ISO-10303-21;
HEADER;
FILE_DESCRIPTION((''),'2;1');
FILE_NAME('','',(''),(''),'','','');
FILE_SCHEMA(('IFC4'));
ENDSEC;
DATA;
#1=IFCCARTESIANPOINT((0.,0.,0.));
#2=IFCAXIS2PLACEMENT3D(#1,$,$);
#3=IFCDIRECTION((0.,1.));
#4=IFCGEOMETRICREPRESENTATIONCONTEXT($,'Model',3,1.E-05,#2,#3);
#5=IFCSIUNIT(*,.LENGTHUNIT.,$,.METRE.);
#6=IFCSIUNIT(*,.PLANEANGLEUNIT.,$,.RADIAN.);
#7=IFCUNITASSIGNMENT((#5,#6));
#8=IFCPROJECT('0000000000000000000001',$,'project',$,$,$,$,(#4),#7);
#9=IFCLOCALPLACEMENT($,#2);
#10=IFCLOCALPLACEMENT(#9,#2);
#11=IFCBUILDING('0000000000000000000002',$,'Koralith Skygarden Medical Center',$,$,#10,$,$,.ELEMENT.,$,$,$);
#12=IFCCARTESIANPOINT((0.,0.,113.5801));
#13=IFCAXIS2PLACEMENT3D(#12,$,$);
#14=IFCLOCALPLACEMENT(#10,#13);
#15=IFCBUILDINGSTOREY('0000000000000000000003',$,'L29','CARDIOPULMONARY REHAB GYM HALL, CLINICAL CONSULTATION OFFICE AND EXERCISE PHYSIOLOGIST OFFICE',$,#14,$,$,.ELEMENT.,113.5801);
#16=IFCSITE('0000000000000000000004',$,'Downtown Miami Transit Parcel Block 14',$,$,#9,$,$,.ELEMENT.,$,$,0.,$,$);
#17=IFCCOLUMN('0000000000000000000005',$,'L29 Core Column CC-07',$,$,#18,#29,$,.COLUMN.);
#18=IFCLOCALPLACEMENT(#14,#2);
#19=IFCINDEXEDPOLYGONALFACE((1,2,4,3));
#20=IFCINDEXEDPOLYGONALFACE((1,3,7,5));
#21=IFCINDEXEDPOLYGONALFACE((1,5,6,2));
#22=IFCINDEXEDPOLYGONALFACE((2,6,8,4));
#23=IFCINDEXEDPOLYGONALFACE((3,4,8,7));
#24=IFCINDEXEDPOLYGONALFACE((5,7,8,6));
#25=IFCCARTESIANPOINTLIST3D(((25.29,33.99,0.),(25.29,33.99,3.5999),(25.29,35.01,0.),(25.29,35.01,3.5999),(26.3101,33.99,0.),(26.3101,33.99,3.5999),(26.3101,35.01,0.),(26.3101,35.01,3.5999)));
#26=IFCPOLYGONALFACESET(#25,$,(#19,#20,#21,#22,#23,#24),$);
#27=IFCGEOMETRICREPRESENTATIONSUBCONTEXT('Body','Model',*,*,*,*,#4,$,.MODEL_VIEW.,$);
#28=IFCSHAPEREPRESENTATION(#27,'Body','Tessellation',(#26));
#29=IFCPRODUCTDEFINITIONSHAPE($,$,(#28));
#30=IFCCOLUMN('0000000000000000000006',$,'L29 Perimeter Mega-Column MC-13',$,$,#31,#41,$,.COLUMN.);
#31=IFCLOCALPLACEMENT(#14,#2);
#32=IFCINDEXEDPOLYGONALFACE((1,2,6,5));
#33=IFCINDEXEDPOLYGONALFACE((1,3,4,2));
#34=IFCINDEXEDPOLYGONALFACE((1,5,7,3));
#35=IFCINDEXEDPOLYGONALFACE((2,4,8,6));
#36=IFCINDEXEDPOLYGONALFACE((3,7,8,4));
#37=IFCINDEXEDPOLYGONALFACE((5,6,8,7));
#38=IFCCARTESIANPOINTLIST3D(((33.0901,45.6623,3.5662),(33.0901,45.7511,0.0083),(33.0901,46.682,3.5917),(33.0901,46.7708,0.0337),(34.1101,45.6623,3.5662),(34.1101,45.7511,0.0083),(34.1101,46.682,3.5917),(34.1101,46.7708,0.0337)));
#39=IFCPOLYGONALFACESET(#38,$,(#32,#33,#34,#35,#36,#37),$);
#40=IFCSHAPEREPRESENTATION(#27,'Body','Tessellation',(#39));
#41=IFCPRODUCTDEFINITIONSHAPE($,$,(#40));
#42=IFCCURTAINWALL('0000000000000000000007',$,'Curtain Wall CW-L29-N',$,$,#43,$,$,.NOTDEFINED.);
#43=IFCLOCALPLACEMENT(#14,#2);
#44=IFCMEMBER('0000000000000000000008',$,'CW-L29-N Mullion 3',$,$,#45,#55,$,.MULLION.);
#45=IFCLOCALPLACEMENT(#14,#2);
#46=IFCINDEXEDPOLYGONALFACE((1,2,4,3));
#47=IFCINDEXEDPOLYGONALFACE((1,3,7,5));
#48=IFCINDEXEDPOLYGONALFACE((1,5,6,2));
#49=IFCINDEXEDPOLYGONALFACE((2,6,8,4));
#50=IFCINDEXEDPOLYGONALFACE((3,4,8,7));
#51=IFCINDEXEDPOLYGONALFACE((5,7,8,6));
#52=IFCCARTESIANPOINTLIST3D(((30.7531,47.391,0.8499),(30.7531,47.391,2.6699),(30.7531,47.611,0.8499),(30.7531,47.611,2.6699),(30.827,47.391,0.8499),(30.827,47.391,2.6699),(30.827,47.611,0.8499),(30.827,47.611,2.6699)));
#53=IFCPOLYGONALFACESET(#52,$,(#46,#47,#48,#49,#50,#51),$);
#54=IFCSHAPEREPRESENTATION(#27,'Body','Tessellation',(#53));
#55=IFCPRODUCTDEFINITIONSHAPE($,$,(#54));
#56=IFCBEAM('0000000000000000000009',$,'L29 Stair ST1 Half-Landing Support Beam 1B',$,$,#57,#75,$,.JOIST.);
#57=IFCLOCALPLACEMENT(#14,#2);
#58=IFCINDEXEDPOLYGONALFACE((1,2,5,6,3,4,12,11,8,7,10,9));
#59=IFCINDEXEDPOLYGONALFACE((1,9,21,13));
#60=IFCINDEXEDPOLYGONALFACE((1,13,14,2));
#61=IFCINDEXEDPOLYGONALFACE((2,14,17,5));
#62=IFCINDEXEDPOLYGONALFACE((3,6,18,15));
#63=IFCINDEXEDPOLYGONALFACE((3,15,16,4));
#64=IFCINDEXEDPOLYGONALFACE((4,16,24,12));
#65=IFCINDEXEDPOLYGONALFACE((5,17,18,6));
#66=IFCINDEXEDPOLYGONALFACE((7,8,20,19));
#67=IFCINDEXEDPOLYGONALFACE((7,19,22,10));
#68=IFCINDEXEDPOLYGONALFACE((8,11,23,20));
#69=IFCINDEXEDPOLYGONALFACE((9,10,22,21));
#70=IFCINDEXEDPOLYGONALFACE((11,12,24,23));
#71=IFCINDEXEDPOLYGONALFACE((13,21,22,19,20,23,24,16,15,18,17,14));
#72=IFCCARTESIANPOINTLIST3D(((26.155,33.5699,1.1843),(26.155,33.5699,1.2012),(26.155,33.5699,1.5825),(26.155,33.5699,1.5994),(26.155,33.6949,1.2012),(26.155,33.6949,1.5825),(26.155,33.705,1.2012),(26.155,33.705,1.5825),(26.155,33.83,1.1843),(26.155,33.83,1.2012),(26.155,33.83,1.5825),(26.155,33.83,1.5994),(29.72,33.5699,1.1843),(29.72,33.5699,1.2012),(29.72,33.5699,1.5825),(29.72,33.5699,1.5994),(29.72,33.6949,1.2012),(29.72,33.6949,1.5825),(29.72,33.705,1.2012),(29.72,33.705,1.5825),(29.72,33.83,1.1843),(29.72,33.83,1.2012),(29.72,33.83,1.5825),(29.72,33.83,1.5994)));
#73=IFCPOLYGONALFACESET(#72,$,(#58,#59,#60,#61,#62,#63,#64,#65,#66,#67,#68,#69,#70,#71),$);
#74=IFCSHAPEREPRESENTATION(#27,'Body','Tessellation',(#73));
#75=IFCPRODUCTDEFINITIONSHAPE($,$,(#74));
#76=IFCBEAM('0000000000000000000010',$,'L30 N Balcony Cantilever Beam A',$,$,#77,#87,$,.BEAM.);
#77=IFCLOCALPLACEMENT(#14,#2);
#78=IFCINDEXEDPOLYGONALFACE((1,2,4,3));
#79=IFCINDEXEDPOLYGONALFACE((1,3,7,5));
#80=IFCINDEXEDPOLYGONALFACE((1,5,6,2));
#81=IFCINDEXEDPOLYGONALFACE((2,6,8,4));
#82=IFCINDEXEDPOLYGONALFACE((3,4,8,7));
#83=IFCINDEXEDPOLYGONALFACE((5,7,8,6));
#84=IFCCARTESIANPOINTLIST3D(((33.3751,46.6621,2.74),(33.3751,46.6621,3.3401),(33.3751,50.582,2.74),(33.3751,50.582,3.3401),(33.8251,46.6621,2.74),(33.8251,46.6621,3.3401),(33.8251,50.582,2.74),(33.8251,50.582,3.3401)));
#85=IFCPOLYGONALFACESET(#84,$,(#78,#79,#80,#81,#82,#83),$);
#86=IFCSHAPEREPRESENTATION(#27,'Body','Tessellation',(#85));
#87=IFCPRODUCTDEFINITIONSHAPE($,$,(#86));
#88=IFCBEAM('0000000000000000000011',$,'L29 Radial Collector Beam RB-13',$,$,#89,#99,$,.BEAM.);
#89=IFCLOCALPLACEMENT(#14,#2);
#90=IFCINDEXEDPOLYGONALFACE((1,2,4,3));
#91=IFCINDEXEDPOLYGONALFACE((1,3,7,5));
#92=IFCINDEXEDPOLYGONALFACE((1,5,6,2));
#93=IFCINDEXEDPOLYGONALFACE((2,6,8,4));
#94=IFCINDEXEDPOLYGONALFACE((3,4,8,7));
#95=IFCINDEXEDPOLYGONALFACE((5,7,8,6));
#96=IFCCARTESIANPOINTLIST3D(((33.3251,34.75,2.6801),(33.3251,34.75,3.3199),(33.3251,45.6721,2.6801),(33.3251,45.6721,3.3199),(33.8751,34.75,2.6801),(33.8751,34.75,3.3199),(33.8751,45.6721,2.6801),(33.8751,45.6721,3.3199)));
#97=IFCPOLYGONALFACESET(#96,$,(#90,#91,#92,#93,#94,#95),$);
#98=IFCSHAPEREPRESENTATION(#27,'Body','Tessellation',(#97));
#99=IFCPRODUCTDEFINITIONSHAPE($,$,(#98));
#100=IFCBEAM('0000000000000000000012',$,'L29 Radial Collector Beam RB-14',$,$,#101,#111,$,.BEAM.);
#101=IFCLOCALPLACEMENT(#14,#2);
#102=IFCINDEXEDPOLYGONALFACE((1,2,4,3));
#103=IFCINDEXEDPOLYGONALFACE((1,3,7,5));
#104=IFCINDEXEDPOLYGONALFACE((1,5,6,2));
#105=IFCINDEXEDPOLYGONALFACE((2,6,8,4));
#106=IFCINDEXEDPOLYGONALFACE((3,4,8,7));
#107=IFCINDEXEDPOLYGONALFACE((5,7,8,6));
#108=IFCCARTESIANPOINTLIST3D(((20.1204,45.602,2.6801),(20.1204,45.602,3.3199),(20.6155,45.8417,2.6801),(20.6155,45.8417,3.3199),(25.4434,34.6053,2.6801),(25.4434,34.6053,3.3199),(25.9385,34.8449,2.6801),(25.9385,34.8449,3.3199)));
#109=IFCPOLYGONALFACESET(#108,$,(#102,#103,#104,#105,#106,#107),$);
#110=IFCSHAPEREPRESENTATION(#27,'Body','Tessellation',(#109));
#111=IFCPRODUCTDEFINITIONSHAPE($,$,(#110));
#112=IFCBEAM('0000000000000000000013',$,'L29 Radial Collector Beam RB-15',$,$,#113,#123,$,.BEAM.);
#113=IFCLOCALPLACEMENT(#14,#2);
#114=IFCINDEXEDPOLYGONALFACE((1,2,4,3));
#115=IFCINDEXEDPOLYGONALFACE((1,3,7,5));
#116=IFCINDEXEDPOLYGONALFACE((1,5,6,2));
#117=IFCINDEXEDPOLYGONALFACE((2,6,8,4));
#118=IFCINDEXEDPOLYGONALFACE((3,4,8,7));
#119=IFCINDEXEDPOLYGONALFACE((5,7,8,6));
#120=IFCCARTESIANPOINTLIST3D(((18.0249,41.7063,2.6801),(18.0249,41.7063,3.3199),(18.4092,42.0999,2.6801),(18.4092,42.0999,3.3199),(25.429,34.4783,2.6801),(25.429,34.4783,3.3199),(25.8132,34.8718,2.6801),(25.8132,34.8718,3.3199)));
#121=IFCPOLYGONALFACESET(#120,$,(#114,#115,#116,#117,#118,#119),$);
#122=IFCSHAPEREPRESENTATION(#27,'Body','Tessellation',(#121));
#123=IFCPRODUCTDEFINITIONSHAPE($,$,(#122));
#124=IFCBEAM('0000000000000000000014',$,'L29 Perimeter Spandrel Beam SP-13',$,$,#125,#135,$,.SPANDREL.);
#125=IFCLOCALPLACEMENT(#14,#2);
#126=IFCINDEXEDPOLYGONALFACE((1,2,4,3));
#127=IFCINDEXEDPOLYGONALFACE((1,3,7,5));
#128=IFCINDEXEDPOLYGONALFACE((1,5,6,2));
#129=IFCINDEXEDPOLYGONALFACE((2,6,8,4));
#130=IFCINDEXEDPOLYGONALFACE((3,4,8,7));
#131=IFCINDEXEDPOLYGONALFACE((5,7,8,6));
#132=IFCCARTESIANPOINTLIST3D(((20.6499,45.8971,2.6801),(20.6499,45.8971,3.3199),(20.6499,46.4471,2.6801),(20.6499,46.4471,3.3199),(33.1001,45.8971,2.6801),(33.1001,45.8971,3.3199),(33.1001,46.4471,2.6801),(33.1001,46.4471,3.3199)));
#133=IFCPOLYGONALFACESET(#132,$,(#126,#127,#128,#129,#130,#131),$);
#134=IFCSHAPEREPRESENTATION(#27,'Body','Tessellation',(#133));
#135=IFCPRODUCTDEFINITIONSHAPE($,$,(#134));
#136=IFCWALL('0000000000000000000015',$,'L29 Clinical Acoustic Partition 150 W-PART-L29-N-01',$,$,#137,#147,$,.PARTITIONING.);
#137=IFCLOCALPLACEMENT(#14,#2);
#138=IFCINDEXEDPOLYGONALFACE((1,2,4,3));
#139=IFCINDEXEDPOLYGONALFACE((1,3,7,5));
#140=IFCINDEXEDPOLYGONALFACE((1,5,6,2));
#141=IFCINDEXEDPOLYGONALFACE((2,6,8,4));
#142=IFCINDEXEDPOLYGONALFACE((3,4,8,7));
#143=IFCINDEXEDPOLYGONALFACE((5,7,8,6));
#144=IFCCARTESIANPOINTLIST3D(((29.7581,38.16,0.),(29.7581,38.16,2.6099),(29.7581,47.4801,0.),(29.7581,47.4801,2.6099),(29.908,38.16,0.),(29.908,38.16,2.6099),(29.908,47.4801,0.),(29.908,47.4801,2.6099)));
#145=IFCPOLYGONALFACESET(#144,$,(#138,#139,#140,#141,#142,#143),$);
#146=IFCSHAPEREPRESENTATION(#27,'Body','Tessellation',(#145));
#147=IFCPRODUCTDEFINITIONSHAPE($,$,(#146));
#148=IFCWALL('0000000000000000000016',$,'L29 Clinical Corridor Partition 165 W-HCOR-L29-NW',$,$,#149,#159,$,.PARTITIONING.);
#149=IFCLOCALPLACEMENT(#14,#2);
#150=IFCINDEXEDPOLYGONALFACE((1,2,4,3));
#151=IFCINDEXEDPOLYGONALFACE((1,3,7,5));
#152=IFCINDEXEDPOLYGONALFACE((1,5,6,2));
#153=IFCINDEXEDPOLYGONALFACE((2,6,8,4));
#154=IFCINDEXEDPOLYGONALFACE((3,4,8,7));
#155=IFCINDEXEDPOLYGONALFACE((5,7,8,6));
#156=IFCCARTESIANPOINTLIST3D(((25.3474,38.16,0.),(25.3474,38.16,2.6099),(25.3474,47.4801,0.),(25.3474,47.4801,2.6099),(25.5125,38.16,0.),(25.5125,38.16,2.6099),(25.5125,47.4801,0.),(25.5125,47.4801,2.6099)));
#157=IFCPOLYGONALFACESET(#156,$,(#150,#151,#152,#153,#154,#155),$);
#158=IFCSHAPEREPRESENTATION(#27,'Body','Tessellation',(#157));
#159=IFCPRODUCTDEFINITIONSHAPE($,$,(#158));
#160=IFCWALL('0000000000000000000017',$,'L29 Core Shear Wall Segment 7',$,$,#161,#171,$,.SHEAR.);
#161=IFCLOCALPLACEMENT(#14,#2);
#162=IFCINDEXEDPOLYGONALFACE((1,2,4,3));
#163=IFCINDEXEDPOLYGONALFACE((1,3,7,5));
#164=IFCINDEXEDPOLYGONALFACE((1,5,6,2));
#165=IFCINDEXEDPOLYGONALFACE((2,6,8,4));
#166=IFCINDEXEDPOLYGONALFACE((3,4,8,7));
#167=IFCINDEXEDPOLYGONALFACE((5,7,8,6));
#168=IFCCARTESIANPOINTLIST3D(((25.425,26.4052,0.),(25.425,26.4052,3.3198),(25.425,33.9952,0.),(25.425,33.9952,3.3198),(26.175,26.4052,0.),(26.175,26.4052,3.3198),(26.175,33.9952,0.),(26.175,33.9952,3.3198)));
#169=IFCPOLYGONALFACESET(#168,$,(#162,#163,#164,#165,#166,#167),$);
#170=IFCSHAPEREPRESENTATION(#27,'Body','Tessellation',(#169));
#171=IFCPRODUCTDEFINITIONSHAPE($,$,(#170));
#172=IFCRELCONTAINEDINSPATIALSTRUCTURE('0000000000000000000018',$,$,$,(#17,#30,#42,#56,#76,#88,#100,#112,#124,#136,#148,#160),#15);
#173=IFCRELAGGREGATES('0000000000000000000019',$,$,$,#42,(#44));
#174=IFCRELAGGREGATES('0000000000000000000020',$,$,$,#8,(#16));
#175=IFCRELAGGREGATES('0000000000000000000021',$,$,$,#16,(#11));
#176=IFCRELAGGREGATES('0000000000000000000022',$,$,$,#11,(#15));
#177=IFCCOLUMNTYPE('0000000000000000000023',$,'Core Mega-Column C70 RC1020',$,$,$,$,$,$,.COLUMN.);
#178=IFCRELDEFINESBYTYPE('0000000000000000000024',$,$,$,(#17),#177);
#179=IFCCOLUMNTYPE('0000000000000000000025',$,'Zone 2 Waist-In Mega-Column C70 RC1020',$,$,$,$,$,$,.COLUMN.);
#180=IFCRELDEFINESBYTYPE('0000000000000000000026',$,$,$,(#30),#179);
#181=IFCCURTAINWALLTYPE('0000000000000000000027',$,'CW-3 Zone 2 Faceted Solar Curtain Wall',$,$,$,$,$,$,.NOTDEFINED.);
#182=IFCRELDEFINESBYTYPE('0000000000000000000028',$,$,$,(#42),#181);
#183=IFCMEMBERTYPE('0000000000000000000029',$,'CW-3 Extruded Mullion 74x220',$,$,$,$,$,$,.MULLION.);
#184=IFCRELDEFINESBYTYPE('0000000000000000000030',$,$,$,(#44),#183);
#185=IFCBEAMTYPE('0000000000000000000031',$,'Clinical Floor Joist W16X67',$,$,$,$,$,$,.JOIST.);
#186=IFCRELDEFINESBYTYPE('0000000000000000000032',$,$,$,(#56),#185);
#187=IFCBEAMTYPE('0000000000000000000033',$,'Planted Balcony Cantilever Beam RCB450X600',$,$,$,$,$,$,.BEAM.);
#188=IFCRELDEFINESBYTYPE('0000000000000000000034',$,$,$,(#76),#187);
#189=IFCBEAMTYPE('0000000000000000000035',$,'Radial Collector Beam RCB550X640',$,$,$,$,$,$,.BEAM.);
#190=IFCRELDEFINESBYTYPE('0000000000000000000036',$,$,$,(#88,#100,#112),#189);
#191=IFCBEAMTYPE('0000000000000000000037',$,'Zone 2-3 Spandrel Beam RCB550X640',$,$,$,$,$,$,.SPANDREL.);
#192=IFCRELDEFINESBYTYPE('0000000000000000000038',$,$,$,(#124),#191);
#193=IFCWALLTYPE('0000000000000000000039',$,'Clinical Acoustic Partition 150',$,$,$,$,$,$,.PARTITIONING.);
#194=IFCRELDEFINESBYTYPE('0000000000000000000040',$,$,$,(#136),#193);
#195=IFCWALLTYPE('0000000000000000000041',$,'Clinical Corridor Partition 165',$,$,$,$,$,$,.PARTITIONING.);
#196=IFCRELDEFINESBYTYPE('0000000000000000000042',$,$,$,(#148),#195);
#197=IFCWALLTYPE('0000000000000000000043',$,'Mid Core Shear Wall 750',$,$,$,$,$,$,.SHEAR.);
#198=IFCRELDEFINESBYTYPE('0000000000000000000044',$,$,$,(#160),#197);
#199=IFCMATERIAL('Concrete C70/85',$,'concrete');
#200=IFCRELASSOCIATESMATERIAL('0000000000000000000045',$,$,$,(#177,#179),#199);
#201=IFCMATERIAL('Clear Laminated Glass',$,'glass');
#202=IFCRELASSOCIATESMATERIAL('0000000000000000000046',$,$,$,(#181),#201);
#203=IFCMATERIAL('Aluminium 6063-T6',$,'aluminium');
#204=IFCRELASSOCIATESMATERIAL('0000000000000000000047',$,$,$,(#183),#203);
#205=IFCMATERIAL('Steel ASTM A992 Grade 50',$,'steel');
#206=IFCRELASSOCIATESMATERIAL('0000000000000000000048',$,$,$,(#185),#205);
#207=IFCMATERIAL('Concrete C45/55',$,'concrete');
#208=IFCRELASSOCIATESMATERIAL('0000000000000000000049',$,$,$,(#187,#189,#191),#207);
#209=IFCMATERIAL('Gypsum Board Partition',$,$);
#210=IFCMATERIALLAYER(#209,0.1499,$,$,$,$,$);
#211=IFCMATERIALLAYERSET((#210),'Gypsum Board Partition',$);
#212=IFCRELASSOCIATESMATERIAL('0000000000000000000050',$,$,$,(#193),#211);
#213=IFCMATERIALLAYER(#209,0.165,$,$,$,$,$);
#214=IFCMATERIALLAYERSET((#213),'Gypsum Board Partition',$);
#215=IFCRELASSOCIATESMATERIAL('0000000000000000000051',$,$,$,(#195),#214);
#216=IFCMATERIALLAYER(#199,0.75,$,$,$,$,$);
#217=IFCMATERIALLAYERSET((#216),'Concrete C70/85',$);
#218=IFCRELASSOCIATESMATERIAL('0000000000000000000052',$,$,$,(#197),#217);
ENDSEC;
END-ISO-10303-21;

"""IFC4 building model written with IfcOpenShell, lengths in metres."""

from ifc_helpers import new_model, si_unit, direction, frame, frame_2d, origin, origin_2d, place, context, subcontext, project, spatial, rectangle, i_section, extrude, material, layer, layer_set, material_profile, profile_set, type_object, element, aggregate, save


model = new_model("IFC4")

# Units and contexts
model_context = context("Model", 3, precision=1e-05, world=origin(), true_north=direction((0.0, 1.0)))
body_context = subcontext(model_context, "Body", "Model", "MODEL_VIEW")
ifc_project = project(units=[si_unit("LENGTHUNIT", "METRE"), si_unit("PLANEANGLEUNIT", "RADIAN")], contexts=[model_context])

# Site, building, storey
site_placement = place(None, origin())
site = spatial("IfcSite", under=ifc_project, at=site_placement, Name="Downtown Miami Transit Parcel Block 14", CompositionType="ELEMENT", RefElevation=0.0)
building_placement = place(site_placement, origin())
building = spatial("IfcBuilding", under=site, at=building_placement, Name="Koralith Skygarden Medical Center", CompositionType="ELEMENT")
storey_placement = place(building_placement, frame((0.0, 0.0, 113.5801)))
storey = spatial("IfcBuildingStorey", under=building, at=storey_placement, Name="L29", Description="CARDIOPULMONARY REHAB GYM HALL, CLINICAL CONSULTATION OFFICE AND EXERCISE PHYSIOLOGIST OFFICE", CompositionType="ELEMENT", Elevation=113.5801)

# Columns
ifc_material_1 = material(Name="Concrete C70/85", Category="concrete")
ifc_material_profile_1 = material_profile(ifc_material_1, rectangle(XDim=1.02, YDim=1.02, at=origin_2d()), Name="RC1020X1020")
ifc_profile_set_1 = profile_set([ifc_material_profile_1], Name="Concrete C70/85")
column_type_1 = type_object("IfcColumnType", Name="Core Mega-Column C70 RC1020", PredefinedType="COLUMN", material=ifc_profile_set_1)
column_1_placement = place(storey_placement, frame((25.8, 34.5, 0.0), z_axis=(0.0, 0.0, 1.0), x_axis=(1.0, 0.0, 0.0)))
element("IfcColumn", 1, at=column_1_placement, inside=storey, type_object=column_type_1, Name="L29 Core Column CC-07", PredefinedType="COLUMN", context=body_context, shape_type="SweptSolid", body=[
    extrude(rectangle(XDim=1.02, YDim=1.02, at=origin_2d()), origin(), (0.0, 0.0, 1.0), 3.5999),
])
ifc_material_profile_2 = material_profile(ifc_material_1, rectangle(XDim=1.02, YDim=1.02, at=origin_2d()), Name="RC1020X1020")
ifc_profile_set_2 = profile_set([ifc_material_profile_2], Name="Concrete C70/85")
column_type_2 = type_object("IfcColumnType", Name="Zone 2 Waist-In Mega-Column C70 RC1020", PredefinedType="COLUMN", material=ifc_profile_set_2)
column_2_placement = place(storey_placement, frame((33.6001, 46.261, 0.021), z_axis=(0.0, -0.02497, 0.999688), x_axis=(1.0, 0.0, 0.0)))
element("IfcColumn", 2, at=column_2_placement, inside=storey, type_object=column_type_2, Name="L29 Perimeter Mega-Column MC-13", PredefinedType="COLUMN", context=body_context, shape_type="SweptSolid", body=[
    extrude(rectangle(XDim=1.02, YDim=1.02, at=origin_2d()), origin(), (0.0, 0.0, 1.0), 3.5591),
])

# Curtain wall, member
ifc_material_2 = material(Name="Clear Laminated Glass", Category="glass")
curtain_wall_type = type_object("IfcCurtainWallType", Name="CW-3 Zone 2 Faceted Solar Curtain Wall", PredefinedType="NOTDEFINED", material=ifc_material_2)
curtain_wall_placement = place(storey_placement, origin())
curtain_wall = element("IfcCurtainWall", 3, at=curtain_wall_placement, inside=storey, type_object=curtain_wall_type, Name="Curtain Wall CW-L29-N", PredefinedType="NOTDEFINED")
ifc_material_3 = material(Name="Aluminium 6063-T6", Category="aluminium")
ifc_material_profile_3 = material_profile(ifc_material_3, rectangle(XDim=0.074, YDim=0.22, at=origin_2d()), Name="MUL74X220")
ifc_profile_set_3 = profile_set([ifc_material_profile_3], Name="Aluminium 6063-T6")
member_type = type_object("IfcMemberType", Name="CW-3 Extruded Mullion 74x220", PredefinedType="MULLION", material=ifc_profile_set_3)
member_placement = place(storey_placement, frame((30.79, 47.501, 0.8499), z_axis=(0.0, 0.0, 1.0), x_axis=(1.0, 0.0, 0.0)))
member = element("IfcMember", 4, at=member_placement, type_object=member_type, Name="CW-L29-N Mullion 3", PredefinedType="MULLION", context=body_context, shape_type="SweptSolid", body=[
    extrude(rectangle(XDim=0.074, YDim=0.22, at=origin_2d()), origin(), (0.0, 0.0, 1.0), 1.8201),
])
aggregate(curtain_wall, [member])

# Beams
ifc_material_4 = material(Name="Steel ASTM A992 Grade 50", Category="steel")
ifc_material_profile_4 = material_profile(ifc_material_4, i_section(OverallWidth=0.26, OverallDepth=0.415, WebThickness=0.01, FlangeThickness=0.0168, at=origin_2d()), Name="W16X67")
ifc_profile_set_4 = profile_set([ifc_material_profile_4], Name="Steel ASTM A992 Grade 50")
beam_type_1 = type_object("IfcBeamType", Name="Clinical Floor Joist W16X67", PredefinedType="JOIST", material=ifc_profile_set_4)
beam_1_placement = place(storey_placement, frame((26.155, 33.7, 1.3918), z_axis=(1.0, 0.0, 0.0), x_axis=(0.0, 1.0, 0.0)))
element("IfcBeam", 5, at=beam_1_placement, inside=storey, type_object=beam_type_1, Name="L29 Stair ST1 Half-Landing Support Beam 1B", PredefinedType="JOIST", context=body_context, shape_type="SweptSolid", body=[
    extrude(i_section(OverallWidth=0.26, OverallDepth=0.415, WebThickness=0.01, FlangeThickness=0.0168, at=origin_2d()), origin(), (0.0, 0.0, 1.0), 3.5649),
])
ifc_material_5 = material(Name="Concrete C45/55", Category="concrete")
ifc_material_profile_5 = material_profile(ifc_material_5, rectangle(XDim=0.45, YDim=0.6001, at=origin_2d()), Name="RCB450X600")
ifc_profile_set_5 = profile_set([ifc_material_profile_5], Name="Concrete C45/55")
beam_type_2 = type_object("IfcBeamType", Name="Planted Balcony Cantilever Beam RCB450X600", PredefinedType="BEAM", material=ifc_profile_set_5)
beam_2_placement = place(storey_placement, frame((33.6001, 46.6621, 3.04), z_axis=(0.0, 1.0, 0.0), x_axis=(-1.0, 0.0, 0.0)))
element("IfcBeam", 6, at=beam_2_placement, inside=storey, type_object=beam_type_2, Name="L30 N Balcony Cantilever Beam A", PredefinedType="BEAM", context=body_context, shape_type="SweptSolid", body=[
    extrude(rectangle(XDim=0.45, YDim=0.6001, at=origin_2d()), origin(), (0.0, 0.0, 1.0), 3.9199),
])
ifc_material_profile_6 = material_profile(ifc_material_5, rectangle(XDim=0.55, YDim=0.6399, at=origin_2d()), Name="RCB550X640")
ifc_profile_set_6 = profile_set([ifc_material_profile_6], Name="Concrete C45/55")
beam_type_3 = type_object("IfcBeamType", Name="Radial Collector Beam RCB550X640", PredefinedType="BEAM", material=ifc_profile_set_6)
beam_3_placement = place(storey_placement, frame((33.6001, 34.75, 3.0), z_axis=(0.0, 1.0, 0.0), x_axis=(-1.0, 0.0, 0.0)))
element("IfcBeam", 7, at=beam_3_placement, inside=storey, type_object=beam_type_3, Name="L29 Radial Collector Beam RB-13", PredefinedType="BEAM", context=body_context, shape_type="SweptSolid", body=[
    extrude(rectangle(XDim=0.55, YDim=0.6399, at=origin_2d()), origin(), (0.0, 0.0, 1.0), 10.9221),
])
beam_4_placement = place(storey_placement, frame((25.6909, 34.7251, 3.0), z_axis=(-0.43569, 0.900097, 0.0), x_axis=(-0.900097, -0.43569, 0.0)))
element("IfcBeam", 8, at=beam_4_placement, inside=storey, type_object=beam_type_3, Name="L29 Radial Collector Beam RB-14", PredefinedType="BEAM", context=body_context, shape_type="SweptSolid", body=[
    extrude(rectangle(XDim=0.55, YDim=0.6399, at=origin_2d()), origin(), (0.0, 0.0, 1.0), 12.2173),
])
beam_5_placement = place(storey_placement, frame((25.6211, 34.675, 3.0), z_axis=(-0.715562, 0.69855, 0.0), x_axis=(-0.69855, -0.715562, 0.0)))
element("IfcBeam", 9, at=beam_5_placement, inside=storey, type_object=beam_type_3, Name="L29 Radial Collector Beam RB-15", PredefinedType="BEAM", context=body_context, shape_type="SweptSolid", body=[
    extrude(rectangle(XDim=0.55, YDim=0.6399, at=origin_2d()), origin(), (0.0, 0.0, 1.0), 10.3472),
])
ifc_material_profile_7 = material_profile(ifc_material_5, rectangle(XDim=0.55, YDim=0.6399, at=origin_2d()), Name="RCB550X640")
ifc_profile_set_7 = profile_set([ifc_material_profile_7], Name="Concrete C45/55")
beam_type_4 = type_object("IfcBeamType", Name="Zone 2-3 Spandrel Beam RCB550X640", PredefinedType="SPANDREL", material=ifc_profile_set_7)
beam_6_placement = place(storey_placement, frame((33.1001, 46.1721, 3.0), z_axis=(-1.0, 0.0, 0.0), x_axis=(0.0, -1.0, 0.0)))
element("IfcBeam", 10, at=beam_6_placement, inside=storey, type_object=beam_type_4, Name="L29 Perimeter Spandrel Beam SP-13", PredefinedType="SPANDREL", context=body_context, shape_type="SweptSolid", body=[
    extrude(rectangle(XDim=0.55, YDim=0.6399, at=origin_2d()), origin(), (0.0, 0.0, 1.0), 12.4502),
])

# Walls
ifc_material_6 = material(Name="Gypsum Board Partition")
ifc_layer_1 = layer(ifc_material_6, 0.1499)
ifc_layer_set_1 = layer_set([ifc_layer_1], Name="Gypsum Board Partition")
wall_type_1 = type_object("IfcWallType", Name="Clinical Acoustic Partition 150", PredefinedType="PARTITIONING", material=ifc_layer_set_1)
wall_1_placement = place(storey_placement, frame((29.833, 38.1599, 0.0), z_axis=(0.0, 0.0, 1.0), x_axis=(0.0, 1.0, 0.0)))
element("IfcWall", 11, at=wall_1_placement, inside=storey, type_object=wall_type_1, Name="L29 Clinical Acoustic Partition 150 W-PART-L29-N-01", PredefinedType="PARTITIONING", context=body_context, shape_type="SweptSolid", body=[
    extrude(rectangle(XDim=9.3201, YDim=0.1499, at=frame_2d((4.6602, 0.0))), origin(), (0.0, 0.0, 1.0), 2.6099),
])
ifc_layer_2 = layer(ifc_material_6, 0.165)
ifc_layer_set_2 = layer_set([ifc_layer_2], Name="Gypsum Board Partition")
wall_type_2 = type_object("IfcWallType", Name="Clinical Corridor Partition 165", PredefinedType="PARTITIONING", material=ifc_layer_set_2)
wall_2_placement = place(storey_placement, frame((25.4299, 38.1599, 0.0), z_axis=(0.0, 0.0, 1.0), x_axis=(0.0, 1.0, 0.0)))
element("IfcWall", 12, at=wall_2_placement, inside=storey, type_object=wall_type_2, Name="L29 Clinical Corridor Partition 165 W-HCOR-L29-NW", PredefinedType="PARTITIONING", context=body_context, shape_type="SweptSolid", body=[
    extrude(rectangle(XDim=9.3201, YDim=0.165, at=frame_2d((4.6602, 0.0))), origin(), (0.0, 0.0, 1.0), 2.6099),
])

# Wall
ifc_layer_3 = layer(ifc_material_1, 0.75)
ifc_layer_set_3 = layer_set([ifc_layer_3], Name="Concrete C70/85")
wall_type_3 = type_object("IfcWallType", Name="Mid Core Shear Wall 750", PredefinedType="SHEAR", material=ifc_layer_set_3)
wall_3_placement = place(storey_placement, frame((25.8, 33.9951, 0.0), z_axis=(0.0, 0.0, 1.0), x_axis=(0.0, -1.0, 0.0)))
element("IfcWall", 13, at=wall_3_placement, inside=storey, type_object=wall_type_3, Name="L29 Core Shear Wall Segment 7", PredefinedType="SHEAR", context=body_context, shape_type="SweptSolid", body=[
    extrude(rectangle(XDim=7.5901, YDim=0.75, at=frame_2d((3.7949, 0.0))), origin(), (0.0, 0.0, 1.0), 3.3198),
])

save(model, "model.ifc")
